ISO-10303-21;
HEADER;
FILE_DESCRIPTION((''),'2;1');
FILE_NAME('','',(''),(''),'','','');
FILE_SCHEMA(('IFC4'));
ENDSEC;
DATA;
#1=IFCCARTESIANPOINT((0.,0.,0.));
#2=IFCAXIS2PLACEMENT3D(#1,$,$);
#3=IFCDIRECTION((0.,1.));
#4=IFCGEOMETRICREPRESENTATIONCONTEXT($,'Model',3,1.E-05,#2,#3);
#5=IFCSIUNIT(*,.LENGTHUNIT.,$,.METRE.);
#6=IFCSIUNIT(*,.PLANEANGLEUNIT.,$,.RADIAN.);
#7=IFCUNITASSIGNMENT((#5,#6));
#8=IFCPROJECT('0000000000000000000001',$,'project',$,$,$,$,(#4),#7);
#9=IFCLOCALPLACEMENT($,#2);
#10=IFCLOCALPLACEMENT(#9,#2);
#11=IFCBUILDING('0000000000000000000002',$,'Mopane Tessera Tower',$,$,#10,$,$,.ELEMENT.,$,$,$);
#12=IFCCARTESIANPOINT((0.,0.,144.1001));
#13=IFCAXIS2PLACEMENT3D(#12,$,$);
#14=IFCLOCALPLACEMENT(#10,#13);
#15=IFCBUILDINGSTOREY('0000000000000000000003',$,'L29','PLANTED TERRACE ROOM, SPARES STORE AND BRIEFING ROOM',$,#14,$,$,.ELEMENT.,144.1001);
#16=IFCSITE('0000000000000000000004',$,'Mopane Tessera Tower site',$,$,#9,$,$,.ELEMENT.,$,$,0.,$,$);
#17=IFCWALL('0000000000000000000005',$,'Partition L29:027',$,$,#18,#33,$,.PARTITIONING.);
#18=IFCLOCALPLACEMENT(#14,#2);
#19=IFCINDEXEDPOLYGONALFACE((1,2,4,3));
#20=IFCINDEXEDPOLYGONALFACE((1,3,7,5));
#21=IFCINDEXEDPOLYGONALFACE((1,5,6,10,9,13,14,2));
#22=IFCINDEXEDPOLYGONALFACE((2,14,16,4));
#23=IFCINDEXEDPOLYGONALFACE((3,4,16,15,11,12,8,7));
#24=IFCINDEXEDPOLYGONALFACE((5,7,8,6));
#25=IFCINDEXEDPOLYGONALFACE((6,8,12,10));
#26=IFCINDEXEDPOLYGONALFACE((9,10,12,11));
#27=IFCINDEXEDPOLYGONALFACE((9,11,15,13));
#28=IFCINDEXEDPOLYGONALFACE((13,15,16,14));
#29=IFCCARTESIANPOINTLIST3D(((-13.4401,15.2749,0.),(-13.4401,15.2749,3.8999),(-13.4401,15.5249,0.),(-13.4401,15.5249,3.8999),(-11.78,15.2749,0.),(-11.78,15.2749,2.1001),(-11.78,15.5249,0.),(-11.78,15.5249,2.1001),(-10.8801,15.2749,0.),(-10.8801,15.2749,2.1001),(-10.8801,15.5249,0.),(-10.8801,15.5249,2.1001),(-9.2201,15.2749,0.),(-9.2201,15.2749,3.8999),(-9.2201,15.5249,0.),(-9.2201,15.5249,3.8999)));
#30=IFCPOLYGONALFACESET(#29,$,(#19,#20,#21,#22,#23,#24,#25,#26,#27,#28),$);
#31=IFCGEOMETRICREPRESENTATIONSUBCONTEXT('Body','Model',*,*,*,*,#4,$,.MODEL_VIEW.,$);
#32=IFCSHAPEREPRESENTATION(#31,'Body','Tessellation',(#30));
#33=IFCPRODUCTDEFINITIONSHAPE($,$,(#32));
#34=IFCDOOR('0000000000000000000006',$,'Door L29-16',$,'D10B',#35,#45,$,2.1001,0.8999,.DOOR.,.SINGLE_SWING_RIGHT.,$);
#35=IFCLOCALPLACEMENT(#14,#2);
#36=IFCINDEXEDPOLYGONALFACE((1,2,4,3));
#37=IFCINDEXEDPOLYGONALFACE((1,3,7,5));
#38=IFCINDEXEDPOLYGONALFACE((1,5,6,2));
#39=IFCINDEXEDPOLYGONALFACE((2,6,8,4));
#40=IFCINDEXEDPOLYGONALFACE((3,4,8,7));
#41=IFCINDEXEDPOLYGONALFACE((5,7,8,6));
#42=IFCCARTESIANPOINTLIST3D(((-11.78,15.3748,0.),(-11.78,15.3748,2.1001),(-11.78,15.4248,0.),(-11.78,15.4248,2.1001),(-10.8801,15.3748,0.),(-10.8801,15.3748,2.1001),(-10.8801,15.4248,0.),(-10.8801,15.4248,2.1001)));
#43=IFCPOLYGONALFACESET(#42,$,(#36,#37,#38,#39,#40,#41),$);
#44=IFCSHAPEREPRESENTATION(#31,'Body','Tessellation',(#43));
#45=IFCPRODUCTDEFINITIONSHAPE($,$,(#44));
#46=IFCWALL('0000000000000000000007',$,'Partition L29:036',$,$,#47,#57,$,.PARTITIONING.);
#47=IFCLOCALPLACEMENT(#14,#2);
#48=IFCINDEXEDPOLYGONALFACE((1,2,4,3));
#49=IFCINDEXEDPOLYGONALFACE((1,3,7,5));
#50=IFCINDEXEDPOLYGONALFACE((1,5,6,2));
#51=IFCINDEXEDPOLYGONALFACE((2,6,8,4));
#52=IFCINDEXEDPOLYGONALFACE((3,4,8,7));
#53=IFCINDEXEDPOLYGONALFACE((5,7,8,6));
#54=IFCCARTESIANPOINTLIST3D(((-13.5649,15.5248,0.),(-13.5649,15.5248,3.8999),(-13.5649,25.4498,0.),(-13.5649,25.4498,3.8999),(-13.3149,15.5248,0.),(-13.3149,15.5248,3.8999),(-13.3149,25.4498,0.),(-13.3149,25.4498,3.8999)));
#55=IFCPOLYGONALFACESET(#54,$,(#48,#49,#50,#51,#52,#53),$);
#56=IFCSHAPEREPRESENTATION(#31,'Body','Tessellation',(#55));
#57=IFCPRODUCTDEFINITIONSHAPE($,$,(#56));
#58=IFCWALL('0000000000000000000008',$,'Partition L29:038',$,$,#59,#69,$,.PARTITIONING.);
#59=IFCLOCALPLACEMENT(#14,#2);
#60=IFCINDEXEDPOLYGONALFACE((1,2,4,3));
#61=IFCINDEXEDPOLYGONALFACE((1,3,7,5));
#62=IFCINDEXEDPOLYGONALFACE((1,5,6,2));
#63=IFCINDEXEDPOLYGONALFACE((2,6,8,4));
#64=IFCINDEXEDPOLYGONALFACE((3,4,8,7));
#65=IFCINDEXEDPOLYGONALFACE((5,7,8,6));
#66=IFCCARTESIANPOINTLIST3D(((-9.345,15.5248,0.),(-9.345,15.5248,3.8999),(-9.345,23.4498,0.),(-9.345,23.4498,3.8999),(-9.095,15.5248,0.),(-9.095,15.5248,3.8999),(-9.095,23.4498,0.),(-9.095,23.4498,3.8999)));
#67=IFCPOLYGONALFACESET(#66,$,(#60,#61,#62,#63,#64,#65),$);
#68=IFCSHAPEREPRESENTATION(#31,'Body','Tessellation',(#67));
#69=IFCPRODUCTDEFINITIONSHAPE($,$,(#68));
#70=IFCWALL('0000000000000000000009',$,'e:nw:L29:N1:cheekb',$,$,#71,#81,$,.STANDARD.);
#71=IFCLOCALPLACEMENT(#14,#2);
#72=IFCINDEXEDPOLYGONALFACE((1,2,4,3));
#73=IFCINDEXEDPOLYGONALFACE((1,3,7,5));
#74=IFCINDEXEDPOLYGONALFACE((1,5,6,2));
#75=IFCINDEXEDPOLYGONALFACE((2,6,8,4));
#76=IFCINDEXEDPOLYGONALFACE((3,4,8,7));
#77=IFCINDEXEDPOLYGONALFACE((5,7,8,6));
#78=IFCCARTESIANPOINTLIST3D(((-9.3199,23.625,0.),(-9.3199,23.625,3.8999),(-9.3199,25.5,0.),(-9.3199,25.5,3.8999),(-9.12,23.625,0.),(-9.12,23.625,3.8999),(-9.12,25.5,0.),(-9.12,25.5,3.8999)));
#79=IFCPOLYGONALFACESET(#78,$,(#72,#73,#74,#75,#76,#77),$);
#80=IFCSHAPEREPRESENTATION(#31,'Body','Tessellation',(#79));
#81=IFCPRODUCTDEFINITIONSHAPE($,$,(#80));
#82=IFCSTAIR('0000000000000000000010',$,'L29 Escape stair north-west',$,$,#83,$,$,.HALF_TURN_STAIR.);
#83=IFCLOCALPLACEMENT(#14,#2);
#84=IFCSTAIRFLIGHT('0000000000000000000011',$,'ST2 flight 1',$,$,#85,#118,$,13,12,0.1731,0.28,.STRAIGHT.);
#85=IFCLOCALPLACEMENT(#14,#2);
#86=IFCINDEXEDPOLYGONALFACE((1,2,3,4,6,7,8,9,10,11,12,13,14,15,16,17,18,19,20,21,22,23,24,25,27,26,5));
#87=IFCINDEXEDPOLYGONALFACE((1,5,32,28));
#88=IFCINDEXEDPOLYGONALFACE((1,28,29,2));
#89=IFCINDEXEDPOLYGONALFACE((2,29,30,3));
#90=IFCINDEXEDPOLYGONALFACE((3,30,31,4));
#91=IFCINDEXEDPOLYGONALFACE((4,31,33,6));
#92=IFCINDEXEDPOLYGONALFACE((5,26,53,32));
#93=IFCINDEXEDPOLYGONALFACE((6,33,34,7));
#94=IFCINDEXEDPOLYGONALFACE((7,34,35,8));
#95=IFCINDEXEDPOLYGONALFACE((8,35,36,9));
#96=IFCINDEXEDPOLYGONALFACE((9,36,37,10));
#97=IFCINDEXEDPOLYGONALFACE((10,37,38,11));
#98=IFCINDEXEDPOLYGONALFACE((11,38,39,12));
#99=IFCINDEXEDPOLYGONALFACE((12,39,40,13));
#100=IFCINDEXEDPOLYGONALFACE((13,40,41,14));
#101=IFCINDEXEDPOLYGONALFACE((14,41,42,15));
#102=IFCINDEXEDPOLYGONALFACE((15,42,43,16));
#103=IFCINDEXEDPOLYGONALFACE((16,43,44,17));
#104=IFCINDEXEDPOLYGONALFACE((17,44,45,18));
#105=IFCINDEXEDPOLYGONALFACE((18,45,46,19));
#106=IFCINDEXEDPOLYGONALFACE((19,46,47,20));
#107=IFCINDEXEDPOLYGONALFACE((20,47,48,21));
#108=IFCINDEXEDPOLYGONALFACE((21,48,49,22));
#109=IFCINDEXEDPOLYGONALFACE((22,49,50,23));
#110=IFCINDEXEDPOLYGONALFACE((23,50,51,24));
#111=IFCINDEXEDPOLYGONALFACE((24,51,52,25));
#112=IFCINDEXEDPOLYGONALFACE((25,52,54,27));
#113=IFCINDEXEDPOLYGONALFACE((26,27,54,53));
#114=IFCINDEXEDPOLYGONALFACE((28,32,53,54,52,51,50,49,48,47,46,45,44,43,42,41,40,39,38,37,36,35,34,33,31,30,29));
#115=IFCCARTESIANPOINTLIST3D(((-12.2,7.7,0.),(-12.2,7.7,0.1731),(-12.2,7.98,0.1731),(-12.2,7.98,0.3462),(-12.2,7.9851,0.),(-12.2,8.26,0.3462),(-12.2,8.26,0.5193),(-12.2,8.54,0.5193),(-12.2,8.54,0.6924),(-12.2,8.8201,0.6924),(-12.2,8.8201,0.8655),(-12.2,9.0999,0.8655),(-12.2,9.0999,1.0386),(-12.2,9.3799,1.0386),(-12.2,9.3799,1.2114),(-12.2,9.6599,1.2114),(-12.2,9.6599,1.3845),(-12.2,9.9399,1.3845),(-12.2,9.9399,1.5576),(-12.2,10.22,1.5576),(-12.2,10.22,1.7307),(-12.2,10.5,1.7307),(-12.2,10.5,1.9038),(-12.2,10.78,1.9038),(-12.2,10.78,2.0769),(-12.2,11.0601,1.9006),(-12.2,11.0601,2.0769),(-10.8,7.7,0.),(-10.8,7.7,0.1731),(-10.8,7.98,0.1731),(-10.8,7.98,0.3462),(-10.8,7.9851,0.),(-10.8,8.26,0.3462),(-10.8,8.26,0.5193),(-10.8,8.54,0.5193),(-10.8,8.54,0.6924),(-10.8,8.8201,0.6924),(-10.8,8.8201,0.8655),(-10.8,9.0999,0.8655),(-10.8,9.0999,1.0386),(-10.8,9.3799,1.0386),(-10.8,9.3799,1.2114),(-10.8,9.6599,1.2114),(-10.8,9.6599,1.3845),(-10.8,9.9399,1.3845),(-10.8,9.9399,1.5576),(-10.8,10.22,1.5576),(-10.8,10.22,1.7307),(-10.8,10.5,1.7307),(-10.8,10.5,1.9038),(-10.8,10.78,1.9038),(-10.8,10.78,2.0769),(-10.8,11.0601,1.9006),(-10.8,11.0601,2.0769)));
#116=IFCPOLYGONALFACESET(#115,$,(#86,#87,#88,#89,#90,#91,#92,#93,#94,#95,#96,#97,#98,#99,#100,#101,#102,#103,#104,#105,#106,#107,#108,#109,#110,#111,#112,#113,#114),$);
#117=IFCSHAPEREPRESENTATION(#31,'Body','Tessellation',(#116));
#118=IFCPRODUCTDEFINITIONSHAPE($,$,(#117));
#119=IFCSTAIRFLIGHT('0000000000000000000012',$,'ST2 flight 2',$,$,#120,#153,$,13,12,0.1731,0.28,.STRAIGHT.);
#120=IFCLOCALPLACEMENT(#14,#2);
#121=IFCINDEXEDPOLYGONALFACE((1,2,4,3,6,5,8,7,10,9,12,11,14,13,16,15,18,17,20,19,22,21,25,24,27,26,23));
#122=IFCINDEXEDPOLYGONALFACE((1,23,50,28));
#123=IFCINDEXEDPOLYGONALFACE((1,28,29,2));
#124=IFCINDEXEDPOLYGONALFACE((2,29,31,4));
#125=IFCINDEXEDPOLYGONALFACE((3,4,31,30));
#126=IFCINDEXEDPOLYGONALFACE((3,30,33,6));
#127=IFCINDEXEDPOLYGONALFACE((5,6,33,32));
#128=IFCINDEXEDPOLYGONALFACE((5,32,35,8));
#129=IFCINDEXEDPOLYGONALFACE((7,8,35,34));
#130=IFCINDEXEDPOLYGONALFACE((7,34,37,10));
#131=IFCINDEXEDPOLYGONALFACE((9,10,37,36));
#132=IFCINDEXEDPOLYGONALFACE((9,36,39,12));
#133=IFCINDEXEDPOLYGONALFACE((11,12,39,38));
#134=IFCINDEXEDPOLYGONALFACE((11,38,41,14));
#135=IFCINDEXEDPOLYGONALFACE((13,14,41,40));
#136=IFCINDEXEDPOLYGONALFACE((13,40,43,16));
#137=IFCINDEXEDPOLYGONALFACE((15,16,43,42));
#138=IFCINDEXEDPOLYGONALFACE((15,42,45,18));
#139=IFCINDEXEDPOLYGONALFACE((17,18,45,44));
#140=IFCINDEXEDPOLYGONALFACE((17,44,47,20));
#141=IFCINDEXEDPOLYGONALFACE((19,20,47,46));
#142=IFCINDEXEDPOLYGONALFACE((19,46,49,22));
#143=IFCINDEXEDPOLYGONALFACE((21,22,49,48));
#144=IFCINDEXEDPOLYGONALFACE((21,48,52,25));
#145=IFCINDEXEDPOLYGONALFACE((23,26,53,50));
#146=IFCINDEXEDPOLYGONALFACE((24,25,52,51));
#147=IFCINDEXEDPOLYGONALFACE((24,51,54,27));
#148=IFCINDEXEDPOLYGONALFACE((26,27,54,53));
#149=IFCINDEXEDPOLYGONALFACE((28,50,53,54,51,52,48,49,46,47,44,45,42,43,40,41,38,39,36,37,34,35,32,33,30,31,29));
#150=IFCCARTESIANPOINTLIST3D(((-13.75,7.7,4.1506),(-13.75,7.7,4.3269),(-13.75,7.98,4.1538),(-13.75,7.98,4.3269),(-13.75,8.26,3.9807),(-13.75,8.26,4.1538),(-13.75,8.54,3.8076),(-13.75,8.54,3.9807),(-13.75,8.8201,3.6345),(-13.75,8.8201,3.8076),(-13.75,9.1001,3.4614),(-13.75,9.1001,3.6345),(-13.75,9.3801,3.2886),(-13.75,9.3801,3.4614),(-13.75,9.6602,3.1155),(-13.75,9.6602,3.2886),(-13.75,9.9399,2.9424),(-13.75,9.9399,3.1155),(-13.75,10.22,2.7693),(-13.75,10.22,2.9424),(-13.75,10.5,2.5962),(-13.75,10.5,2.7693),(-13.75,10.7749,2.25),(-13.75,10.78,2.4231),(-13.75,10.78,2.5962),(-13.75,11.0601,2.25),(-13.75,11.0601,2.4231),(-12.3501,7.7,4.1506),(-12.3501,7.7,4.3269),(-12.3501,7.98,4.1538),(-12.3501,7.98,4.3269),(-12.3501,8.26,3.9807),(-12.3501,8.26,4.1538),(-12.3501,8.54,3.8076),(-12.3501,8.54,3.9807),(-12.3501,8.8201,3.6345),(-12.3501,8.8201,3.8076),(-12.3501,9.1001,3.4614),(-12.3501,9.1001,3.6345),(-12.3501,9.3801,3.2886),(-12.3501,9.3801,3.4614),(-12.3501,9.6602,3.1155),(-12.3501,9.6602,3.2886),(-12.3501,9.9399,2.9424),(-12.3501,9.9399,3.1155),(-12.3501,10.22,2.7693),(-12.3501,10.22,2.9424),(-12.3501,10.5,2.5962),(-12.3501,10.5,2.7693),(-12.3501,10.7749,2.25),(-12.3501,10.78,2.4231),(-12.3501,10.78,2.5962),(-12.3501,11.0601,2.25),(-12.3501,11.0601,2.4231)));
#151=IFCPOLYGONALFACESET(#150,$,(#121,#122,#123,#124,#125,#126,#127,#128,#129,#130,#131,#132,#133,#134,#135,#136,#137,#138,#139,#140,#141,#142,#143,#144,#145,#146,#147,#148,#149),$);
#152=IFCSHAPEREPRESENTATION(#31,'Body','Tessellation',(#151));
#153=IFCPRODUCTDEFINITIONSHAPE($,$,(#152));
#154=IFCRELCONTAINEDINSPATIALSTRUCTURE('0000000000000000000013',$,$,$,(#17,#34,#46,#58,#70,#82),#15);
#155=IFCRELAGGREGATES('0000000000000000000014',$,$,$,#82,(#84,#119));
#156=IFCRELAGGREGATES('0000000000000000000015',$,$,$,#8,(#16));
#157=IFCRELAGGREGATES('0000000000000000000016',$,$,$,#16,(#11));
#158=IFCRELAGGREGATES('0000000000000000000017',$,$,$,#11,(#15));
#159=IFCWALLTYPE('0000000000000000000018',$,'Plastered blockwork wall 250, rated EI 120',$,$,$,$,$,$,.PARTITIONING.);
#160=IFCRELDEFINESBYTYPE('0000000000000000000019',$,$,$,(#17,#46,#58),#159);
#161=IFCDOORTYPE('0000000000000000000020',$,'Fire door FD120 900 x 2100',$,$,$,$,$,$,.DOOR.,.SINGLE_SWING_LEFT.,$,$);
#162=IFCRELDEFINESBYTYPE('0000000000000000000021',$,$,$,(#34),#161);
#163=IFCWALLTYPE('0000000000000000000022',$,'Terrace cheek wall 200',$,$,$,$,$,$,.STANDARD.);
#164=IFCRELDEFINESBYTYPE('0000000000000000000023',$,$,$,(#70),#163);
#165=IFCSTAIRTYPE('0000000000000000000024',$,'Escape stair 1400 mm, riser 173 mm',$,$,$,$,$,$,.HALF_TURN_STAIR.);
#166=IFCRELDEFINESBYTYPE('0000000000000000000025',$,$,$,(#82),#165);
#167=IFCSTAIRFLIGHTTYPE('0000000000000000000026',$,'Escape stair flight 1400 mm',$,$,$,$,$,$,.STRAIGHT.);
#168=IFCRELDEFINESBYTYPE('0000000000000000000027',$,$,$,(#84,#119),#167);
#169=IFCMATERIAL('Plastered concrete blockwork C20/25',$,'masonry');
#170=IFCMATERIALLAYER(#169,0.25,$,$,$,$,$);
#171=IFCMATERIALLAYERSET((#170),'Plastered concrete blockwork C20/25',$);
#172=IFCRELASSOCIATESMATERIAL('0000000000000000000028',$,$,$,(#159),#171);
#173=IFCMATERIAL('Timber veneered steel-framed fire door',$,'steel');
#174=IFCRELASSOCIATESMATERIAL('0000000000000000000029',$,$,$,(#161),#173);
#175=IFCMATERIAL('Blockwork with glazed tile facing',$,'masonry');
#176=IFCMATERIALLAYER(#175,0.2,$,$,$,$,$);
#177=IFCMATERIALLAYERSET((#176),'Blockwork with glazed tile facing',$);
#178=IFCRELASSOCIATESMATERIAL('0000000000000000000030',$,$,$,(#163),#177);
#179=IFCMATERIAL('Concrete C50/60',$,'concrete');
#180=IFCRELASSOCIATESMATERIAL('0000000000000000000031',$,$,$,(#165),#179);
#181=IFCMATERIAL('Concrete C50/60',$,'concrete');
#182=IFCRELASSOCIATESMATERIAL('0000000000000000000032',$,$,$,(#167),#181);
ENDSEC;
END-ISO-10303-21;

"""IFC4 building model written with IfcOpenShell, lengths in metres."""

from ifc_helpers import new_model, si_unit, direction, frame, frame_2d, origin, place, context, subcontext, project, spatial, polyline, rectangle, outline, extrude, material, layer, layer_set, type_object, element, fill, aggregate, save


model = new_model("IFC4")

# Units and contexts
model_context = context("Model", 3, precision=1e-05, world=origin(), true_north=direction((0.0, 1.0)))
body_context = subcontext(model_context, "Body", "Model", "MODEL_VIEW")
ifc_project = project(units=[si_unit("LENGTHUNIT", "METRE"), si_unit("PLANEANGLEUNIT", "RADIAN")], contexts=[model_context])

# Site, building, storey
site_placement = place(None, origin())
site = spatial("IfcSite", under=ifc_project, at=site_placement, Name="Mopane Tessera Tower site", CompositionType="ELEMENT", RefElevation=0.0)
building_placement = place(site_placement, origin())
building = spatial("IfcBuilding", under=site, at=building_placement, Name="Mopane Tessera Tower", CompositionType="ELEMENT")
storey_placement = place(building_placement, frame((0.0, 0.0, 144.1001)))
storey = spatial("IfcBuildingStorey", under=building, at=storey_placement, Name="L29", Description="PLANTED TERRACE ROOM, SPARES STORE AND BRIEFING ROOM", CompositionType="ELEMENT", Elevation=144.1001)

# Wall, opening, door
ifc_material_1 = material(Name="Plastered concrete blockwork C20/25", Category="masonry")
ifc_layer_1 = layer(ifc_material_1, 0.25)
ifc_layer_set_1 = layer_set([ifc_layer_1], Name="Plastered concrete blockwork C20/25")
wall_type_1 = type_object("IfcWallType", Name="Plastered blockwork wall 250, rated EI 120", PredefinedType="PARTITIONING", material=ifc_layer_set_1)
wall_1_placement = place(storey_placement, frame((-13.4399, 15.3999, 0.0), z_axis=(0.0, 0.0, 1.0), x_axis=(1.0, 0.0, 0.0)))
wall_1 = element("IfcWall", 1, at=wall_1_placement, inside=storey, type_object=wall_type_1, Name="Partition L29:027", PredefinedType="PARTITIONING", context=body_context, shape_type="SweptSolid", body=[
    extrude(rectangle(XDim=4.22, YDim=0.25, at=frame_2d((2.1099, 0.0))), origin(), (0.0, 0.0, 1.0), 3.8999),
])
opening_1_placement = place(wall_1_placement, frame((1.6599, 0.0, 0.0)))
opening_1 = element("IfcOpeningElement", 2, at=opening_1_placement, cuts=wall_1, PredefinedType="OPENING", context=body_context, shape_type="SweptSolid", body=[
    extrude(rectangle(XDim=0.8999, YDim=2.1001, at=frame_2d((0.45, 1.05))), frame((0.0, 0.137, 0.0), z_axis=(0.0, -1.0, 0.0), x_axis=(1.0, 0.0, 0.0)), (0.0, 0.0, 1.0), 0.2739),
])
ifc_material_2 = material(Name="Timber veneered steel-framed fire door", Category="steel")
door_type_1 = type_object("IfcDoorType", Name="Fire door FD120 900 x 2100", OperationType="SINGLE_SWING_LEFT", PredefinedType="DOOR", material=ifc_material_2)
door_1_placement = place(opening_1_placement, origin())
door_1 = element("IfcDoor", 3, at=door_1_placement, inside=storey, type_object=door_type_1, Name="Door L29-16", ObjectType="D10B", OperationType="SINGLE_SWING_RIGHT", OverallHeight=2.1001, OverallWidth=0.8999, PredefinedType="DOOR", context=body_context, shape_type="SweptSolid", body=[
    extrude(rectangle(XDim=0.8999, YDim=2.1001, at=frame_2d((0.45, 1.05))), frame((0.0, 0.0249, 0.0), z_axis=(0.0, -1.0, 0.0), x_axis=(1.0, 0.0, 0.0)), (0.0, 0.0, 1.0), 0.05),
])
fill(opening_1, door_1)

# Walls
wall_2_placement = place(storey_placement, frame((-13.4399, 15.5249, 0.0), z_axis=(0.0, 0.0, 1.0), x_axis=(0.0, 1.0, 0.0)))
element("IfcWall", 4, at=wall_2_placement, inside=storey, type_object=wall_type_1, Name="Partition L29:036", PredefinedType="PARTITIONING", context=body_context, shape_type="SweptSolid", body=[
    extrude(rectangle(XDim=9.925, YDim=0.25, at=frame_2d((4.9624, 0.0))), origin(), (0.0, 0.0, 1.0), 3.8999),
])
wall_3_placement = place(storey_placement, frame((-9.22, 15.5249, 0.0), z_axis=(0.0, 0.0, 1.0), x_axis=(0.0, 1.0, 0.0)))
element("IfcWall", 5, at=wall_3_placement, inside=storey, type_object=wall_type_1, Name="Partition L29:038", PredefinedType="PARTITIONING", context=body_context, shape_type="SweptSolid", body=[
    extrude(rectangle(XDim=7.925, YDim=0.25, at=frame_2d((3.9624, 0.0))), origin(), (0.0, 0.0, 1.0), 3.8999),
])
ifc_material_3 = material(Name="Blockwork with glazed tile facing", Category="masonry")
ifc_layer_2 = layer(ifc_material_3, 0.2)
ifc_layer_set_2 = layer_set([ifc_layer_2], Name="Blockwork with glazed tile facing")
wall_type_2 = type_object("IfcWallType", Name="Terrace cheek wall 200", PredefinedType="STANDARD", material=ifc_layer_set_2)
wall_4_placement = place(storey_placement, frame((-9.22, 25.5, 0.0), z_axis=(0.0, 0.0, 1.0), x_axis=(0.0, -1.0, 0.0)))
element("IfcWall", 6, at=wall_4_placement, inside=storey, type_object=wall_type_2, Name="e:nw:L29:N1:cheekb", PredefinedType="STANDARD", context=body_context, shape_type="SweptSolid", body=[
    extrude(rectangle(XDim=1.875, YDim=0.2, at=frame_2d((0.9375, 0.0))), origin(), (0.0, 0.0, 1.0), 3.8999),
])

# Stair, stair flights
ifc_material_4 = material(Name="Concrete C50/60", Category="concrete")
stair_type = type_object("IfcStairType", Name="Escape stair 1400 mm, riser 173 mm", PredefinedType="HALF_TURN_STAIR", material=ifc_material_4)
stair_placement = place(storey_placement, origin())
stair = element("IfcStair", 7, at=stair_placement, inside=storey, type_object=stair_type, Name="L29 Escape stair north-west", PredefinedType="HALF_TURN_STAIR")
ifc_material_5 = material(Name="Concrete C50/60", Category="concrete")
stair_flight_type = type_object("IfcStairFlightType", Name="Escape stair flight 1400 mm", PredefinedType="STRAIGHT", material=ifc_material_5)
stair_flight_1_placement = place(storey_placement, frame((-11.5, 7.7, 0.0), z_axis=(0.0, 0.0, 1.0), x_axis=(0.0, 1.0, 0.0)))
stair_flight_1 = element("IfcStairFlight", 8, at=stair_flight_1_placement, type_object=stair_flight_type, Name="ST2 flight 1", NumberOfRisers=13, NumberOfTreads=12, PredefinedType="STRAIGHT", RiserHeight=0.1731, TreadLength=0.28, context=body_context, shape_type="SweptSolid", body=[
    extrude(outline(polyline([(0.0, 0.0), (0.0, 0.1731), (0.28, 0.1731), (0.28, 0.3462), (0.5601, 0.3462), (0.5601, 0.5193), (0.8401, 0.5193), (0.8401, 0.6924), (1.1201, 0.6924), (1.1201, 0.8655), (1.3999, 0.8655), (1.3999, 1.0386), (1.6799, 1.0386), (1.6799, 1.2114), (1.96, 1.2114), (1.96, 1.3845), (2.24, 1.3845), (2.24, 1.5576), (2.52, 1.5576), (2.52, 1.7307), (2.8, 1.7307), (2.8, 1.9038), (3.0801, 1.9038), (3.0801, 2.0769), (3.3601, 2.0769), (3.3601, 2.25), (3.3601, 1.9006), (0.2852, 0.0), (0.0, 0.0)])), frame((0.0, 0.7, 0.0), z_axis=(0.0, -1.0, 0.0), x_axis=(1.0, 0.0, 0.0)), (0.0, 0.0, 1.0), 1.3999),
])
stair_flight_2_placement = place(storey_placement, frame((-13.05, 11.0601, 2.25), z_axis=(0.0, 0.0, 1.0), x_axis=(0.0, -1.0, 0.0)))
stair_flight_2 = element("IfcStairFlight", 9, at=stair_flight_2_placement, type_object=stair_flight_type, Name="ST2 flight 2", NumberOfRisers=13, NumberOfTreads=12, PredefinedType="STRAIGHT", RiserHeight=0.1731, TreadLength=0.28, context=body_context, shape_type="SweptSolid", body=[
    extrude(outline(polyline([(0.0, 0.0), (0.0, 0.1731), (0.28, 0.1731), (0.28, 0.3462), (0.5601, 0.3462), (0.5601, 0.5193), (0.8401, 0.5193), (0.8401, 0.6924), (1.1201, 0.6924), (1.1201, 0.8655), (1.3999, 0.8655), (1.3999, 1.0386), (1.6799, 1.0386), (1.6799, 1.2114), (1.96, 1.2114), (1.96, 1.3845), (2.24, 1.3845), (2.24, 1.5576), (2.52, 1.5576), (2.52, 1.7307), (2.8, 1.7307), (2.8, 1.9038), (3.0801, 1.9038), (3.0801, 2.0769), (3.3601, 2.0769), (3.3601, 2.25), (3.3601, 1.9006), (0.2852, 0.0), (0.0, 0.0)])), frame((0.0, 0.7, 0.0), z_axis=(0.0, -1.0, 0.0), x_axis=(1.0, 0.0, 0.0)), (0.0, 0.0, 1.0), 1.3999),
])
aggregate(stair, [stair_flight_1, stair_flight_2])

save(model, "model.ifc")
